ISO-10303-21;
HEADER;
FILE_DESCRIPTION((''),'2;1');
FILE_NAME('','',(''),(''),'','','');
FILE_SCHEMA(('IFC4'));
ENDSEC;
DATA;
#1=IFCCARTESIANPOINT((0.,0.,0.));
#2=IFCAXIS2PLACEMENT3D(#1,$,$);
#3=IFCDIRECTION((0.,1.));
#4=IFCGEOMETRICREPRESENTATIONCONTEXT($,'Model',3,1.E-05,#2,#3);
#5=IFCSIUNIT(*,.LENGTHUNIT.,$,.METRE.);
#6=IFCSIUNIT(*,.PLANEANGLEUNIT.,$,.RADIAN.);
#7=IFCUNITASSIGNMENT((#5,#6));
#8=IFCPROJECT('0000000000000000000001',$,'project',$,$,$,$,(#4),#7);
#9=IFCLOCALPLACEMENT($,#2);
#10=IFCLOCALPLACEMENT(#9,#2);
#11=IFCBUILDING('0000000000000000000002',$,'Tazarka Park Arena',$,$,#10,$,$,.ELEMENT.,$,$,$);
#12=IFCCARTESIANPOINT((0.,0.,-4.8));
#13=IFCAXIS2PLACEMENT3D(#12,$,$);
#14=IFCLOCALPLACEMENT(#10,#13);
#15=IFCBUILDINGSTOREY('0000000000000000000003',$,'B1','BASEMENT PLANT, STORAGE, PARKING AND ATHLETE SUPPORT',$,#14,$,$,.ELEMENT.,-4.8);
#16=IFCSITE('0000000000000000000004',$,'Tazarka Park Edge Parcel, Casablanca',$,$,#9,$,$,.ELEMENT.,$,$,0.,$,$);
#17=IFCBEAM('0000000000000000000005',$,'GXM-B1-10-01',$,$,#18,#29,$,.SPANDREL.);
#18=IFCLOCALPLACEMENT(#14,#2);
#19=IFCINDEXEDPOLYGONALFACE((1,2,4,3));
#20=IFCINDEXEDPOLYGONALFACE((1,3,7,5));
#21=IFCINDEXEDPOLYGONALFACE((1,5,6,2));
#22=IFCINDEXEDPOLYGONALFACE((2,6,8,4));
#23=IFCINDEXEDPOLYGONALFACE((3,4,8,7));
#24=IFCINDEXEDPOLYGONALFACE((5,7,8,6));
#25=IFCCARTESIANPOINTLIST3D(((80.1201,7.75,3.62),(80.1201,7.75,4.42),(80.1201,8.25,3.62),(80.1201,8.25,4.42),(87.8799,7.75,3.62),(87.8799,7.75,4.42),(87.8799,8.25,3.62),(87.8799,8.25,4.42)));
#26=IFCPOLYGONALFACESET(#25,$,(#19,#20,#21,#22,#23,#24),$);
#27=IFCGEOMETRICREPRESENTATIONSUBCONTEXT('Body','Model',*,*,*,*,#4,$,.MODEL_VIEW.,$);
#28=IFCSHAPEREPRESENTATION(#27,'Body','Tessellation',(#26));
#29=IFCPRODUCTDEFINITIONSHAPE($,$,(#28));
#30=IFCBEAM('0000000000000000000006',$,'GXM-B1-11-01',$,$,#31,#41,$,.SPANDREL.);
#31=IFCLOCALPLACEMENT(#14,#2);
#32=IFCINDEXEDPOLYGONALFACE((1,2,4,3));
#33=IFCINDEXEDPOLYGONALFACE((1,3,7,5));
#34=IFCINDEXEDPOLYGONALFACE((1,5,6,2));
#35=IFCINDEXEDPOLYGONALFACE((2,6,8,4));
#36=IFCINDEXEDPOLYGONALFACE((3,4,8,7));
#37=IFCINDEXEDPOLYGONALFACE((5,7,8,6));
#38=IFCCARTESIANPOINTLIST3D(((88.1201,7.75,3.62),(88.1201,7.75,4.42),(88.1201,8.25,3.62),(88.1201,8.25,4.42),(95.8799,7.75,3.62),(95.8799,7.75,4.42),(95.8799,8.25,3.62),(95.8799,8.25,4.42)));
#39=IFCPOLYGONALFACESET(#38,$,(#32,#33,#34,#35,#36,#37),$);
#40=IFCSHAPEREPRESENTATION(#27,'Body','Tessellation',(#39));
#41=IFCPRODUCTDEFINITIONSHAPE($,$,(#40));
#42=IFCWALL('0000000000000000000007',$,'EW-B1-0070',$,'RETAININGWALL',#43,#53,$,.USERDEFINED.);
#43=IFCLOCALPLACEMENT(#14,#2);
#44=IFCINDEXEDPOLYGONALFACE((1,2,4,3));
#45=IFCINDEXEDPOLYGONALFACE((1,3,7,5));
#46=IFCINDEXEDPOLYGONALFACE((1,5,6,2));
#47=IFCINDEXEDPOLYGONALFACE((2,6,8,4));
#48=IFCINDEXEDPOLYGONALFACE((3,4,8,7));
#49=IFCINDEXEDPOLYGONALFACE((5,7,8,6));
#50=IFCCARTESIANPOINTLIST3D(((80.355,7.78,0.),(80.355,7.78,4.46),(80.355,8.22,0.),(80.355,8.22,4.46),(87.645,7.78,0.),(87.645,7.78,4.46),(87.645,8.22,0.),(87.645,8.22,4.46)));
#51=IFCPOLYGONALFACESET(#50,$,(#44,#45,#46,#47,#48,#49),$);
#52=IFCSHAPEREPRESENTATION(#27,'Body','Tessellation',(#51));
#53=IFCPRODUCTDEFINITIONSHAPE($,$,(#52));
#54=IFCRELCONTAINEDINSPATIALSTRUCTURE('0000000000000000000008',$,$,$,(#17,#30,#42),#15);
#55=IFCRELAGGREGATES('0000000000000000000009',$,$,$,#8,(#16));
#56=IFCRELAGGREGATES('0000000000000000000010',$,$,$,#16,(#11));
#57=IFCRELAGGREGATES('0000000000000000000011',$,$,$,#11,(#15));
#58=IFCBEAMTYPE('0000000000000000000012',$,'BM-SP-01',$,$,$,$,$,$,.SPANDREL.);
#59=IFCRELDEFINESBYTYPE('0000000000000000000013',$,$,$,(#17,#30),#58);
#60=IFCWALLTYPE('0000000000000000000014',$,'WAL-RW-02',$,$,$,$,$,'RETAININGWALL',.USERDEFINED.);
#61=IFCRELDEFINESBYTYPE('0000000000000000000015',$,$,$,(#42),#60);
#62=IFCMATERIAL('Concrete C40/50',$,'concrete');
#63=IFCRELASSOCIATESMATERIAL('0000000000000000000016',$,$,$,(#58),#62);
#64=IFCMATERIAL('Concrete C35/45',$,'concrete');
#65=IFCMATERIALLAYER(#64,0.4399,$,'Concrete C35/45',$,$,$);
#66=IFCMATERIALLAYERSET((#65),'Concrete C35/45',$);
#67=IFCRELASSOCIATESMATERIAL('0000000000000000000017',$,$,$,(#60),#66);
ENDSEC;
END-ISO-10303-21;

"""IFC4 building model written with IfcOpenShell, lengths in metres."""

from ifc_helpers import new_model, si_unit, direction, frame, frame_2d, origin, origin_2d, place, context, subcontext, project, spatial, rectangle, extrude, material, layer, layer_set, material_profile, profile_set, type_object, element, save


model = new_model("IFC4")

# Units and contexts
model_context = context("Model", 3, precision=1e-05, world=origin(), true_north=direction((0.0, 1.0)))
body_context = subcontext(model_context, "Body", "Model", "MODEL_VIEW")
ifc_project = project(units=[si_unit("LENGTHUNIT", "METRE"), si_unit("PLANEANGLEUNIT", "RADIAN")], contexts=[model_context])

# Site, building, storey
site_placement = place(None, origin())
site = spatial("IfcSite", under=ifc_project, at=site_placement, Name="Tazarka Park Edge Parcel, Casablanca", CompositionType="ELEMENT", RefElevation=0.0)
building_placement = place(site_placement, origin())
building = spatial("IfcBuilding", under=site, at=building_placement, Name="Tazarka Park Arena", CompositionType="ELEMENT")
storey_placement = place(building_placement, frame((0.0, 0.0, -4.8)))
storey = spatial("IfcBuildingStorey", under=building, at=storey_placement, Name="B1", Description="BASEMENT PLANT, STORAGE, PARKING AND ATHLETE SUPPORT", CompositionType="ELEMENT", Elevation=-4.8)

# Beams
ifc_material_1 = material(Name="Concrete C40/50", Category="concrete")
ifc_material_profile_1 = material_profile(ifc_material_1, rectangle(XDim=0.5, YDim=0.8, at=origin_2d()), Name="Concrete C40/50")
ifc_profile_set_1 = profile_set([ifc_material_profile_1], Name="Concrete C40/50")
beam_type_1 = type_object("IfcBeamType", Name="BM-SP-01", PredefinedType="SPANDREL", material=ifc_profile_set_1)
for number, where, z_axis, x_axis, name in (
    (1, (80.1201, 8.0, 4.02), (1.0, 0.0, 0.0), (0.0, 1.0, 0.0), "GXM-B1-10-01"),
    (2, (88.1201, 8.0, 4.02), (1.0, 0.0, 0.0), (0.0, 1.0, 0.0), "GXM-B1-11-01"),
):
    element("IfcBeam", number, at=place(storey_placement, frame(where, z_axis=z_axis, x_axis=x_axis)), inside=storey, type_object=beam_type_1, Name=name, PredefinedType="SPANDREL", context=body_context, shape_type="SweptSolid", body=[
        extrude(rectangle(XDim=0.5, YDim=0.8, at=origin_2d()), origin(), (0.0, 0.0, 1.0), 7.7598),
    ])

# Wall
ifc_material_2 = material(Name="Concrete C35/45", Category="concrete")
ifc_layer = layer(ifc_material_2, 0.4399, Name="Concrete C35/45")
ifc_layer_set = layer_set([ifc_layer], Name="Concrete C35/45")
wall_type = type_object("IfcWallType", Name="WAL-RW-02", ElementType="RETAININGWALL", PredefinedType="USERDEFINED", material=ifc_layer_set)
wall_placement = place(storey_placement, frame((87.645, 8.0, 0.0), z_axis=(0.0, 0.0, 1.0), x_axis=(-1.0, 0.0, 0.0)))
element("IfcWall", 3, at=wall_placement, inside=storey, type_object=wall_type, Name="EW-B1-0070", ObjectType="RETAININGWALL", PredefinedType="USERDEFINED", context=body_context, shape_type="SweptSolid", body=[
    extrude(rectangle(XDim=7.29, YDim=0.4399, at=frame_2d((3.645, 0.0))), origin(), (0.0, 0.0, 1.0), 4.46),
])

save(model, "model.ifc")
